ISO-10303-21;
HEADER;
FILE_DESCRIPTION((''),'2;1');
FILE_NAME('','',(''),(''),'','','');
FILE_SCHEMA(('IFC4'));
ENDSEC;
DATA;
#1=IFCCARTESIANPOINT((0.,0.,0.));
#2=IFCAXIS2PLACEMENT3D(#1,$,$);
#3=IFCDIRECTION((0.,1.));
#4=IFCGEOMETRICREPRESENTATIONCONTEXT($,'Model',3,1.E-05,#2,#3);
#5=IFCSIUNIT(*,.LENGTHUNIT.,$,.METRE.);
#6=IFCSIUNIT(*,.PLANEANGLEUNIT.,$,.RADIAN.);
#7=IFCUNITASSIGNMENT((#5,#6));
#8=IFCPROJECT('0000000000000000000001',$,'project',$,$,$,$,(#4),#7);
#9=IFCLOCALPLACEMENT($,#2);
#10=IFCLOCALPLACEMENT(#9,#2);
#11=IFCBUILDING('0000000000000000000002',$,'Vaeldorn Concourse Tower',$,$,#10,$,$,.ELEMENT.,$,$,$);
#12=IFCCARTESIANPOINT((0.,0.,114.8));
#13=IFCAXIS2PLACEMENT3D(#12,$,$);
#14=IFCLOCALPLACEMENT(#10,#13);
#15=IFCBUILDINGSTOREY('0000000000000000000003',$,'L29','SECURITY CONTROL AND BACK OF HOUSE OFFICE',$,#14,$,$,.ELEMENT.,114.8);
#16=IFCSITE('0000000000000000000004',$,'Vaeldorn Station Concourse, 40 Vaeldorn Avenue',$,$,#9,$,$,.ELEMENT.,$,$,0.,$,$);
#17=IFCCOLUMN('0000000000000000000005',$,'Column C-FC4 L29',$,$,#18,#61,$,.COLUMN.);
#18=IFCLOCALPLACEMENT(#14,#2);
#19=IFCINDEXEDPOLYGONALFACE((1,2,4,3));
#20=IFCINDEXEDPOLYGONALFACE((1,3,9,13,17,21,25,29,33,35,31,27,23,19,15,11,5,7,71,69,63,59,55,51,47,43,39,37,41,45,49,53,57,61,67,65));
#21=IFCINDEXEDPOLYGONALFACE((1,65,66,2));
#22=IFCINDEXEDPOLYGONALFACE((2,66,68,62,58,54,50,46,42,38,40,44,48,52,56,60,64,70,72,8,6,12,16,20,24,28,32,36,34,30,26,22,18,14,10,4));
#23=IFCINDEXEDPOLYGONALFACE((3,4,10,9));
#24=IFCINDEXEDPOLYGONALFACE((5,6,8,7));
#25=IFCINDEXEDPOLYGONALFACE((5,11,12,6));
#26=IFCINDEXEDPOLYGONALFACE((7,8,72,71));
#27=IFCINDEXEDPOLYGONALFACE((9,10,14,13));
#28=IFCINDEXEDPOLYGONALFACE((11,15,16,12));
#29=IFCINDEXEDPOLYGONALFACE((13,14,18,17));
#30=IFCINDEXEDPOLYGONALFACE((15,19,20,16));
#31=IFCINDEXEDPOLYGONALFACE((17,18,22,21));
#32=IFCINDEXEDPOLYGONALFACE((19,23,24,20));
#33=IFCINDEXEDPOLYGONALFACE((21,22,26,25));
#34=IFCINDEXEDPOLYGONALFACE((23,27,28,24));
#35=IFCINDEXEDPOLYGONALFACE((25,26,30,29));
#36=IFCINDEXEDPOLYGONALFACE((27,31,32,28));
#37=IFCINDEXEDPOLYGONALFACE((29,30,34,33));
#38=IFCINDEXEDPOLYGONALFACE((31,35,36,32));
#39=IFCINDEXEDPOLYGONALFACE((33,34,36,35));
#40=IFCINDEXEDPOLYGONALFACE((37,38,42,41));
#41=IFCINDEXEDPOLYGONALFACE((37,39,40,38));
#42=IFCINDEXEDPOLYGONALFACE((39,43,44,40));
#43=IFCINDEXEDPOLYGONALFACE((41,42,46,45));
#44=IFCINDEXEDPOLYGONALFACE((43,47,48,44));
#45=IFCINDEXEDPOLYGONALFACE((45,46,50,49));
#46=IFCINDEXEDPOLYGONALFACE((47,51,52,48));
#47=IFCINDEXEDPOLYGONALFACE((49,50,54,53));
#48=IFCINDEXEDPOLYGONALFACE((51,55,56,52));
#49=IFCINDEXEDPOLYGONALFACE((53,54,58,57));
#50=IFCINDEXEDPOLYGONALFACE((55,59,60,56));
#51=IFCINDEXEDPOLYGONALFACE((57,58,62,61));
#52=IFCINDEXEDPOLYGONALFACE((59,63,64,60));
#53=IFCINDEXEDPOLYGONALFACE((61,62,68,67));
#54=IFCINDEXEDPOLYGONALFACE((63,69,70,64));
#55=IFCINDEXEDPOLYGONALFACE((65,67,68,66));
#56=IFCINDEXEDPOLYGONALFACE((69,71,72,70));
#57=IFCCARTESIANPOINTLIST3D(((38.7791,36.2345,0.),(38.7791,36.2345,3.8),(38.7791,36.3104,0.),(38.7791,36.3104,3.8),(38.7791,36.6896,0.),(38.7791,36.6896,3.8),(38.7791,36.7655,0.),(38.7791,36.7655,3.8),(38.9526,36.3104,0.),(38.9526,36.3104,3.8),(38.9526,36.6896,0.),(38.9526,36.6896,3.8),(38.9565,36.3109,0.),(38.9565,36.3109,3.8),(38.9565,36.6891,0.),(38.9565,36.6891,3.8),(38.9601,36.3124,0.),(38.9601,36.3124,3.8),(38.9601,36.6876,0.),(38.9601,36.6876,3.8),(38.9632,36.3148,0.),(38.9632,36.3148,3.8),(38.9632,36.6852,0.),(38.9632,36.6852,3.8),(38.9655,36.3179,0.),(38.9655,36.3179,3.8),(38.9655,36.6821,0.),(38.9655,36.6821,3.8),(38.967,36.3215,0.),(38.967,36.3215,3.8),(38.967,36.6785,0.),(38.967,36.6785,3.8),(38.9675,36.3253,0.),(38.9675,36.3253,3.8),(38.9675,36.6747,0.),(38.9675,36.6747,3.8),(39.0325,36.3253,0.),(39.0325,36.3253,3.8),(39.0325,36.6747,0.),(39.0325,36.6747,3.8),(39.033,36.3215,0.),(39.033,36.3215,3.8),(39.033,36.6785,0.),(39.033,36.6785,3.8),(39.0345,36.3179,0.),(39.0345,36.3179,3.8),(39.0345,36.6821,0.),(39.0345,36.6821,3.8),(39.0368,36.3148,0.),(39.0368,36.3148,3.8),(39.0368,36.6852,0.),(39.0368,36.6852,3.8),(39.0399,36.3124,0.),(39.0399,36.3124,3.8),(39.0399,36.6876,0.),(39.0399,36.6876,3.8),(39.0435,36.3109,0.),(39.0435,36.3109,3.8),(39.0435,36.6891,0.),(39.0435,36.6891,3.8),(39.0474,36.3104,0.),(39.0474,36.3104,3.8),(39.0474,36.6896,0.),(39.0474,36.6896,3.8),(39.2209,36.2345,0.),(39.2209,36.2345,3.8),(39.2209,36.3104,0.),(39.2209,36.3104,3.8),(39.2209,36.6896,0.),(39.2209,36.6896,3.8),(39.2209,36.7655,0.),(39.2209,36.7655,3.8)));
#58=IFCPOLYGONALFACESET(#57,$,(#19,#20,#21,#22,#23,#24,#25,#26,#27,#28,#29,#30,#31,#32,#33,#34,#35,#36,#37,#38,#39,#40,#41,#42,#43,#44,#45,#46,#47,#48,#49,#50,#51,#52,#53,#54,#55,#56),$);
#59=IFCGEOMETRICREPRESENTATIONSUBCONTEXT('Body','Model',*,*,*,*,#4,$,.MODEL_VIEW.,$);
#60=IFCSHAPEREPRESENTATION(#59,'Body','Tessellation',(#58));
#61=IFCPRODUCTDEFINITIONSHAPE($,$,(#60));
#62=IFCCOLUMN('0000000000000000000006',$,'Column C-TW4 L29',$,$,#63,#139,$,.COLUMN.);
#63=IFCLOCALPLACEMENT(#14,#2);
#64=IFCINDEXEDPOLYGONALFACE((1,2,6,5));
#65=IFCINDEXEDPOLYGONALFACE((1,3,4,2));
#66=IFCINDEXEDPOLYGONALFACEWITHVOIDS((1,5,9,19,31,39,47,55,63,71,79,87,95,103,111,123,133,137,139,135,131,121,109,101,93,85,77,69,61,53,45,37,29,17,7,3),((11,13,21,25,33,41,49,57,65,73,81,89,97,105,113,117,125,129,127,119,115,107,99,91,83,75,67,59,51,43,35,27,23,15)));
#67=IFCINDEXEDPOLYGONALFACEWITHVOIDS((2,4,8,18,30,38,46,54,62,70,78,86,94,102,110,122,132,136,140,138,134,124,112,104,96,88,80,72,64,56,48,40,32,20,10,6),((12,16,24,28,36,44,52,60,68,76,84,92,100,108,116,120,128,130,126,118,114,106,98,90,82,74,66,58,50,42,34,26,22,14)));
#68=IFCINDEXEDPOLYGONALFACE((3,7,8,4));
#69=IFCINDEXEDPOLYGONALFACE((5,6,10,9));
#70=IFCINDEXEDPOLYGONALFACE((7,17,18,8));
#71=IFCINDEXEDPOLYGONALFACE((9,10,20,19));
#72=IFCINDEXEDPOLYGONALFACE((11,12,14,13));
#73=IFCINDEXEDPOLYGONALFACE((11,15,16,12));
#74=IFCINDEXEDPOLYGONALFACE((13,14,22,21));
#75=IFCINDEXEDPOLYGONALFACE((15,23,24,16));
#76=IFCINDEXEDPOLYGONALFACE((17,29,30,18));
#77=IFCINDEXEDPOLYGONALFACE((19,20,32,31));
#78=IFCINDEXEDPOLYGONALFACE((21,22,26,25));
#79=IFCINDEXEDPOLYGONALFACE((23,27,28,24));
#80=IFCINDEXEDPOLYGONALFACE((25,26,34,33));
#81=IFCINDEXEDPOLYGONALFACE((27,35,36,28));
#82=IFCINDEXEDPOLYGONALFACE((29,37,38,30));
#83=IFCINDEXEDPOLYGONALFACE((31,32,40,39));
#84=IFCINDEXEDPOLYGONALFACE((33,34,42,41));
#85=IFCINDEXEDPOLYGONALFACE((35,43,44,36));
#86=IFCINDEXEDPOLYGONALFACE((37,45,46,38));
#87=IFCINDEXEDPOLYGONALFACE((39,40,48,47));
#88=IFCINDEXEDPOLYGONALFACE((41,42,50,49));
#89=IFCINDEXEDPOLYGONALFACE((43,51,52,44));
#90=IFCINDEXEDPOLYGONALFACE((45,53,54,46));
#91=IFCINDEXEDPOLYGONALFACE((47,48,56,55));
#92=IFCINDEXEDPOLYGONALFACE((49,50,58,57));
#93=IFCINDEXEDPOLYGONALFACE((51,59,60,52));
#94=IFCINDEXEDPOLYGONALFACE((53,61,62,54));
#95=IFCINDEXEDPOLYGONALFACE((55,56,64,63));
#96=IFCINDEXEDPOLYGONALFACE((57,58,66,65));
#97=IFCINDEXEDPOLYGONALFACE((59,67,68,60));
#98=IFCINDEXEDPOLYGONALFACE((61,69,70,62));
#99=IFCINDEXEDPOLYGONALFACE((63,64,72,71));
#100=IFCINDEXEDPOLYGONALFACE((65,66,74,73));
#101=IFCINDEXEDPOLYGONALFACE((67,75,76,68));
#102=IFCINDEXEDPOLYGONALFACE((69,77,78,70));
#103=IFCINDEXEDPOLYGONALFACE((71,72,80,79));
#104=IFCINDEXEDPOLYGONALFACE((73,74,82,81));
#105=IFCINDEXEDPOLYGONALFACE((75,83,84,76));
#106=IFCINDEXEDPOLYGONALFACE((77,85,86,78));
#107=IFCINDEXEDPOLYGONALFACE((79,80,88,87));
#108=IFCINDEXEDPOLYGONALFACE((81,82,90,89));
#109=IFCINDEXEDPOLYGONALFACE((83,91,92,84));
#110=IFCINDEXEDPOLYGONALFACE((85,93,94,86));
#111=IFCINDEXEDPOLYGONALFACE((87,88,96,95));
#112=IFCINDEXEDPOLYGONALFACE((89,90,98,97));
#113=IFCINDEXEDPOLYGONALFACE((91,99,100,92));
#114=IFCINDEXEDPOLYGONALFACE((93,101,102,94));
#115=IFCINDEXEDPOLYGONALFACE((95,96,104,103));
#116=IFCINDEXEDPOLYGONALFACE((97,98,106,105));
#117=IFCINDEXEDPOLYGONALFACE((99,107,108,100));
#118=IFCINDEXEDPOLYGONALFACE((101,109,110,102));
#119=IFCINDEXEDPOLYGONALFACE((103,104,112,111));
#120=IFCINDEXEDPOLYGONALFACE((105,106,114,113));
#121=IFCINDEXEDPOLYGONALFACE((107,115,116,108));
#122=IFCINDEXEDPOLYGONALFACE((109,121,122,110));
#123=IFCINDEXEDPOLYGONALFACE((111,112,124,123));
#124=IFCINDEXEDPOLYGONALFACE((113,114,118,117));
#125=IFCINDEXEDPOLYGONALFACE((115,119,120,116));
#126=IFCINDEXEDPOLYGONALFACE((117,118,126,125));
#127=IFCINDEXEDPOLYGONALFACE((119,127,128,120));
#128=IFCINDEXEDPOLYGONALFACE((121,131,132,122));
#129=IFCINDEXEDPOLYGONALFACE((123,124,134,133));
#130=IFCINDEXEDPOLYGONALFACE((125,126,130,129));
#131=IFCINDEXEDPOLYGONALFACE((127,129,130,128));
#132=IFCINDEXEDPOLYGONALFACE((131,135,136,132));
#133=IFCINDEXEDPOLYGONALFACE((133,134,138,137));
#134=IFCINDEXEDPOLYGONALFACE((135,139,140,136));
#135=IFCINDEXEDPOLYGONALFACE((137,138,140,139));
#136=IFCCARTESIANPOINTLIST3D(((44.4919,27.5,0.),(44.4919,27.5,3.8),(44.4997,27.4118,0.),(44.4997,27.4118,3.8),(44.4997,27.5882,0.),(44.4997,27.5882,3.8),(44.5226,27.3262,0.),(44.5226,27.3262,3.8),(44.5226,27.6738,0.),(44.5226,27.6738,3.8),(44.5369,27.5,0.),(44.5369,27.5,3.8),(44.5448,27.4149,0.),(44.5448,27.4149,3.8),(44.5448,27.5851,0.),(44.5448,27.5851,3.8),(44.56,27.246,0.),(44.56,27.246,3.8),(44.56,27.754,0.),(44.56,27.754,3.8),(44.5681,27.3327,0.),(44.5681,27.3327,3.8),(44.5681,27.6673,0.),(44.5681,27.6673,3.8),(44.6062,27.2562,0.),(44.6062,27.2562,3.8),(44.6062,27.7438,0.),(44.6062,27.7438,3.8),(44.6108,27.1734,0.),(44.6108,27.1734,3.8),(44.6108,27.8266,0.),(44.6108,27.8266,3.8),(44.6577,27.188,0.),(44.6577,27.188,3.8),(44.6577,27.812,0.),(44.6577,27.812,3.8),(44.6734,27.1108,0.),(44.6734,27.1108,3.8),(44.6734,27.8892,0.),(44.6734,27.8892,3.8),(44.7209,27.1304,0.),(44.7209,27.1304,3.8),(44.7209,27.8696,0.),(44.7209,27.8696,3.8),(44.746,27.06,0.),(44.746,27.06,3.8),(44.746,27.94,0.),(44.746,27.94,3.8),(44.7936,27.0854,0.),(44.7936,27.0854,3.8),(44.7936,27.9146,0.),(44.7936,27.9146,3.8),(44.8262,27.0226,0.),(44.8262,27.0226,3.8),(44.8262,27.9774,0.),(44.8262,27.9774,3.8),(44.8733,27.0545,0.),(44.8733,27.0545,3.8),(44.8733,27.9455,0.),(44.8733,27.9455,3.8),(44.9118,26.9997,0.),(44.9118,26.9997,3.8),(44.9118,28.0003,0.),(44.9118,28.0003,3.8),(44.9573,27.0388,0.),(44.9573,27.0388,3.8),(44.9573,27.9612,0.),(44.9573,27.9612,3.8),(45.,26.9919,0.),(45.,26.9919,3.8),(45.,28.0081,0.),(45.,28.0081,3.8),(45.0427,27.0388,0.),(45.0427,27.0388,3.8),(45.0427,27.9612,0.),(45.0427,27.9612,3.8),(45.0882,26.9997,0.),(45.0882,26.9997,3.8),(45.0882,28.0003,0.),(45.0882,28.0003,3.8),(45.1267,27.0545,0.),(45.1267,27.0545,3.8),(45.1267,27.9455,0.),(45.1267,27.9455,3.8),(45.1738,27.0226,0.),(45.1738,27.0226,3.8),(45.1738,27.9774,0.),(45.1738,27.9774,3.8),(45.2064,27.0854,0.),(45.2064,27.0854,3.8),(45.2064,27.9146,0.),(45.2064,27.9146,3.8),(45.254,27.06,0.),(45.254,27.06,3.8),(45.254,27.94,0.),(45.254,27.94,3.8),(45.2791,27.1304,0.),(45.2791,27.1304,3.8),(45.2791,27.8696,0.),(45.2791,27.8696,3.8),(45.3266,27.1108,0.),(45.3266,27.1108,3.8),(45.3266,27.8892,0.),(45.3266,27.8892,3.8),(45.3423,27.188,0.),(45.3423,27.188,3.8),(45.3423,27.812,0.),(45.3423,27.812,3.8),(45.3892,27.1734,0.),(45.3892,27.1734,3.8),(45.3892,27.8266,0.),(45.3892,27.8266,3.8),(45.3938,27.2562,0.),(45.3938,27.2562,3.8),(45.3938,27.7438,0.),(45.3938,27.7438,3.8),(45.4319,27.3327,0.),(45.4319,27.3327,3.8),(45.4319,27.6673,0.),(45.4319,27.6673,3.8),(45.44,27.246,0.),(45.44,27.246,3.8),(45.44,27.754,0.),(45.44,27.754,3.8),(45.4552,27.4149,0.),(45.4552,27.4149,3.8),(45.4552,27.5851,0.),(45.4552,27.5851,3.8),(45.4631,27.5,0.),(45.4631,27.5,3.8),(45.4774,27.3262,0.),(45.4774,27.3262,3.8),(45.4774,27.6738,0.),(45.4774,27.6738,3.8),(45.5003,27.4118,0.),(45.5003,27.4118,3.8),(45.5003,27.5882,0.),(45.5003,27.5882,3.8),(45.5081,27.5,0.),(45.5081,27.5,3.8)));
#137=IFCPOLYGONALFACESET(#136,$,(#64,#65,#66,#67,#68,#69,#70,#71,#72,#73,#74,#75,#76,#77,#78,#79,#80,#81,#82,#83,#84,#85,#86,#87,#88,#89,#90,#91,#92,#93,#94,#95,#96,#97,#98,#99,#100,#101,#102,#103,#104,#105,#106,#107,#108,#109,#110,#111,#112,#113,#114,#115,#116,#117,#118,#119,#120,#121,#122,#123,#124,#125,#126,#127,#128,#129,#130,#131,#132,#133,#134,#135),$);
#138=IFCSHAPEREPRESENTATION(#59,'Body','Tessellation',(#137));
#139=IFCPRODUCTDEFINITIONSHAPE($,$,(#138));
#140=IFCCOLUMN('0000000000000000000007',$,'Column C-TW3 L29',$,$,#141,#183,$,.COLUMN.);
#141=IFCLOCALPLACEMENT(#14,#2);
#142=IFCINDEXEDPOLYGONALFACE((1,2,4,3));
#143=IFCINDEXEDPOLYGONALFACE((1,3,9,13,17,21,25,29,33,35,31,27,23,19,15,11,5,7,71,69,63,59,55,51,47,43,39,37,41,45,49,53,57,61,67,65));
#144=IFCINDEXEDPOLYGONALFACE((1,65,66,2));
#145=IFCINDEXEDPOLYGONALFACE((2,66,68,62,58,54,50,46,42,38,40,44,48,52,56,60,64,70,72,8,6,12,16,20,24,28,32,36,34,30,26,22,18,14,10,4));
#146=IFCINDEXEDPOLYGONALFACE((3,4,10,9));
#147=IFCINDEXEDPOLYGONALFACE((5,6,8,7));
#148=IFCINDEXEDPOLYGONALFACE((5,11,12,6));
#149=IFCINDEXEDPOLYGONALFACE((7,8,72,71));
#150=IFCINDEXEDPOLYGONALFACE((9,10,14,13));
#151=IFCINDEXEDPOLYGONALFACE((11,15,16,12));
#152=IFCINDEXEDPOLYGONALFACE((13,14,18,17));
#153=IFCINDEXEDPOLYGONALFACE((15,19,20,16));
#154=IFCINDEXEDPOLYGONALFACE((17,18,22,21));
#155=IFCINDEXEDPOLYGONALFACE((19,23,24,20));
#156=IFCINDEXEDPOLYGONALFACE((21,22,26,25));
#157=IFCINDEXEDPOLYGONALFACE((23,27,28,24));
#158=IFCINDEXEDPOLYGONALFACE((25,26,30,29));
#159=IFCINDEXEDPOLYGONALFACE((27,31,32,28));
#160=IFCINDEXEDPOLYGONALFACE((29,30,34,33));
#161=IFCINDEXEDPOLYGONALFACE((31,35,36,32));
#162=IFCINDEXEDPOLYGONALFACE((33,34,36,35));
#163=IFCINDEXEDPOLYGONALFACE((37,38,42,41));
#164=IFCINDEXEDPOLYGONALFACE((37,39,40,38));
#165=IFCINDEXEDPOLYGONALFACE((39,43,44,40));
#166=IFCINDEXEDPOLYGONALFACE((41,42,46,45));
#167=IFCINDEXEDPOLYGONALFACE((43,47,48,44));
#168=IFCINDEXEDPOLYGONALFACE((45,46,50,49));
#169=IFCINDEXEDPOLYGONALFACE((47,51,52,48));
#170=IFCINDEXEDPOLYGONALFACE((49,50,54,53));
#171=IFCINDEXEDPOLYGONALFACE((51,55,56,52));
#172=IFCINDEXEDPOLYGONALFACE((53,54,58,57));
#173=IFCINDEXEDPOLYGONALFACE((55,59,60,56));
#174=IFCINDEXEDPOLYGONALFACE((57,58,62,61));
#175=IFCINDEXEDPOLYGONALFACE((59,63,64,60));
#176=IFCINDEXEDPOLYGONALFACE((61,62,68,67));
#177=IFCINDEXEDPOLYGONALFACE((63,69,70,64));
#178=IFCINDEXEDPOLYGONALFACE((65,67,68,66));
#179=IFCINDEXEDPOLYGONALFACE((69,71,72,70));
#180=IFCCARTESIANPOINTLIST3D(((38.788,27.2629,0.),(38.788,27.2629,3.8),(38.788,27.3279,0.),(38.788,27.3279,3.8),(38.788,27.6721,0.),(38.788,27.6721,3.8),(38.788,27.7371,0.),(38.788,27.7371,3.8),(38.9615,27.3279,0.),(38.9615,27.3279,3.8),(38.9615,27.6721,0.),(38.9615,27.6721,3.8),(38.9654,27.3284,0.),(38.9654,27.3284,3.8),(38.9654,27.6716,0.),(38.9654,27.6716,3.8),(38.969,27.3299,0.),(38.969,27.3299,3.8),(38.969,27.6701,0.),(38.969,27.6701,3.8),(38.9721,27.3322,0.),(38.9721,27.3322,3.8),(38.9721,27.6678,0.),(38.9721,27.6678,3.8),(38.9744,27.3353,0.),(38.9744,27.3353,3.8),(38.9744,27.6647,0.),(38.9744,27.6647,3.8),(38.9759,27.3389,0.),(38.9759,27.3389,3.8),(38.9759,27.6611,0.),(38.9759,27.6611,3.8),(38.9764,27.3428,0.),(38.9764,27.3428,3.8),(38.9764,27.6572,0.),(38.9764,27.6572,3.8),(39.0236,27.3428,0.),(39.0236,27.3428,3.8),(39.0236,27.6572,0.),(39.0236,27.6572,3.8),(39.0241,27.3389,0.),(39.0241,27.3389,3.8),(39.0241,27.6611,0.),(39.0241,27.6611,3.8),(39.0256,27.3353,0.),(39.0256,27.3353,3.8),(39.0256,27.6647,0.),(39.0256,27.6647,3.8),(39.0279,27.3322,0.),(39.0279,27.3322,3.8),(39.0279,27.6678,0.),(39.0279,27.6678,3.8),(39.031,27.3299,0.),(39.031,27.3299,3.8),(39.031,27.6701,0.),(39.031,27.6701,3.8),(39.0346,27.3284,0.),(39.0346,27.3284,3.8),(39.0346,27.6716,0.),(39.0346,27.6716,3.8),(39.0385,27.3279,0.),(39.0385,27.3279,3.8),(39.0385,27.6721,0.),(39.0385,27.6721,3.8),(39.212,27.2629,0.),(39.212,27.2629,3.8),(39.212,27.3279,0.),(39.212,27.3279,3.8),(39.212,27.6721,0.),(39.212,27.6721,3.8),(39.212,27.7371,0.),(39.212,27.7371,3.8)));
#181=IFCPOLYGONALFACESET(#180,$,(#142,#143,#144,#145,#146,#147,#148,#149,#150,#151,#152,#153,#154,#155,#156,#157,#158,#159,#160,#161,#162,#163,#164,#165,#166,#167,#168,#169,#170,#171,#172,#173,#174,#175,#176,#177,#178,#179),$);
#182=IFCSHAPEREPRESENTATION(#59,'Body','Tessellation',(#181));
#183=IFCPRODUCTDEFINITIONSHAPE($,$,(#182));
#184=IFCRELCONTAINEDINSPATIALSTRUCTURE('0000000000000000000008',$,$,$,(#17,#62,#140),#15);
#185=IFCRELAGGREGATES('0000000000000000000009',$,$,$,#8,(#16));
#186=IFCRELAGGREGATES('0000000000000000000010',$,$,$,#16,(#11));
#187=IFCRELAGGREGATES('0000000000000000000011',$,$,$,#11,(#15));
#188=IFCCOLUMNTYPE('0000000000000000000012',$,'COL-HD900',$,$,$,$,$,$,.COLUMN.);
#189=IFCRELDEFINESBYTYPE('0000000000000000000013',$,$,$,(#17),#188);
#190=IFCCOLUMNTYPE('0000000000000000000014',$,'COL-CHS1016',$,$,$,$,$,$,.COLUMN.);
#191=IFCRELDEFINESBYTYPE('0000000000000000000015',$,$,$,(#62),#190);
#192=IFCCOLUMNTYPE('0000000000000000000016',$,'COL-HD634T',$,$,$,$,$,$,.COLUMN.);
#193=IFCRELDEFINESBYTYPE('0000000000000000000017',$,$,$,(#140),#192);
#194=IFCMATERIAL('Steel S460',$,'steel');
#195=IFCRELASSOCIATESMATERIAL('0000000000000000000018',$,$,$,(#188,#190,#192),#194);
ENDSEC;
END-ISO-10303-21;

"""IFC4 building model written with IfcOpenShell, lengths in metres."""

from ifc_helpers import new_model, si_unit, direction, frame, origin, origin_2d, place, context, subcontext, project, spatial, hollow_circle, i_section, extrude, source, transform, mapped, material, material_profile, profile_set, type_object, element, save


model = new_model("IFC4")

# Units and contexts
model_context = context("Model", 3, precision=1e-05, world=origin(), true_north=direction((0.0, 1.0)))
body_context = subcontext(model_context, "Body", "Model", "MODEL_VIEW")
ifc_project = project(units=[si_unit("LENGTHUNIT", "METRE"), si_unit("PLANEANGLEUNIT", "RADIAN")], contexts=[model_context])

# Site, building, storey
site_placement = place(None, origin())
site = spatial("IfcSite", under=ifc_project, at=site_placement, Name="Vaeldorn Station Concourse, 40 Vaeldorn Avenue", CompositionType="ELEMENT", RefElevation=0.0)
building_placement = place(site_placement, origin())
building = spatial("IfcBuilding", under=site, at=building_placement, Name="Vaeldorn Concourse Tower", CompositionType="ELEMENT")
storey_placement = place(building_placement, frame((0.0, 0.0, 114.8)))
storey = spatial("IfcBuildingStorey", under=building, at=storey_placement, Name="L29", Description="SECURITY CONTROL AND BACK OF HOUSE OFFICE", CompositionType="ELEMENT", Elevation=114.8)

# Columns
ifc_material_1 = material(Name="Steel S460", Category="steel")
ifc_material_profile_1 = material_profile(ifc_material_1, i_section(OverallWidth=0.4419, OverallDepth=0.531, WebThickness=0.0649, FlangeThickness=0.0759, FilletRadius=0.0149, at=origin_2d()), Name="HD 400x900")
ifc_profile_set_1 = profile_set([ifc_material_profile_1], Name="Steel S460")
column_type_1 = type_object("IfcColumnType", Name="COL-HD900", PredefinedType="COLUMN", material=ifc_profile_set_1)
shared_shape_1 = source(origin(), body_context, "Body", "SweptSolid", [
    extrude(i_section(OverallWidth=0.4419, OverallDepth=0.531, WebThickness=0.0649, FlangeThickness=0.0759, FilletRadius=0.0149, at=origin_2d()), origin(), (0.0, 0.0, 1.0), 3.8),
])
column_1_placement = place(storey_placement, frame((39.0, 36.5, 0.0), z_axis=(0.0, 0.0, 1.0), x_axis=(1.0, 0.0, 0.0)))
element("IfcColumn", 1, at=column_1_placement, inside=storey, type_object=column_type_1, Name="Column C-FC4 L29", PredefinedType="COLUMN", context=body_context, shape_type="MappedRepresentation", body=[
    mapped(shared_shape_1, transform((0.0, 0.0, 0.0), scale=1.0)),
])
ifc_material_profile_2 = material_profile(ifc_material_1, hollow_circle(Radius=0.5081, WallThickness=0.0449, at=origin_2d()), Name="CHS 1016x45")
ifc_profile_set_2 = profile_set([ifc_material_profile_2], Name="Steel S460")
column_type_2 = type_object("IfcColumnType", Name="COL-CHS1016", PredefinedType="COLUMN", material=ifc_profile_set_2)
shared_shape_2 = source(origin(), body_context, "Body", "SweptSolid", [
    extrude(hollow_circle(Radius=0.5081, WallThickness=0.0449, at=origin_2d()), origin(), (0.0, 0.0, 1.0), 3.8),
])
column_2_placement = place(storey_placement, frame((45.0, 27.5, 0.0), z_axis=(0.0, 0.0, 1.0), x_axis=(1.0, 0.0, 0.0)))
element("IfcColumn", 2, at=column_2_placement, inside=storey, type_object=column_type_2, Name="Column C-TW4 L29", PredefinedType="COLUMN", context=body_context, shape_type="MappedRepresentation", body=[
    mapped(shared_shape_2, transform((0.0, 0.0, 0.0), scale=1.0)),
])
ifc_material_profile_3 = material_profile(ifc_material_1, i_section(OverallWidth=0.4241, OverallDepth=0.4741, WebThickness=0.0471, FlangeThickness=0.0649, FilletRadius=0.0149, at=origin_2d()), Name="HD 400x634")
ifc_profile_set_3 = profile_set([ifc_material_profile_3], Name="Steel S460")
column_type_3 = type_object("IfcColumnType", Name="COL-HD634T", PredefinedType="COLUMN", material=ifc_profile_set_3)
shared_shape_3 = source(origin(), body_context, "Body", "SweptSolid", [
    extrude(i_section(OverallWidth=0.4241, OverallDepth=0.4741, WebThickness=0.0471, FlangeThickness=0.0649, FilletRadius=0.0149, at=origin_2d()), origin(), (0.0, 0.0, 1.0), 3.8),
])
for number, where, z_axis, x_axis, name in (
    (3, (39.0, 27.5, 0.0), (0.0, 0.0, 1.0), (1.0, 0.0, 0.0), "Column C-TW3 L29"),
):
    element("IfcColumn", number, at=place(storey_placement, frame(where, z_axis=z_axis, x_axis=x_axis)), inside=storey, type_object=column_type_3, Name=name, PredefinedType="COLUMN", context=body_context, shape_type="MappedRepresentation", body=[
        mapped(shared_shape_3, transform((0.0, 0.0, 0.0), scale=1.0)),
    ])

save(model, "model.ifc")
